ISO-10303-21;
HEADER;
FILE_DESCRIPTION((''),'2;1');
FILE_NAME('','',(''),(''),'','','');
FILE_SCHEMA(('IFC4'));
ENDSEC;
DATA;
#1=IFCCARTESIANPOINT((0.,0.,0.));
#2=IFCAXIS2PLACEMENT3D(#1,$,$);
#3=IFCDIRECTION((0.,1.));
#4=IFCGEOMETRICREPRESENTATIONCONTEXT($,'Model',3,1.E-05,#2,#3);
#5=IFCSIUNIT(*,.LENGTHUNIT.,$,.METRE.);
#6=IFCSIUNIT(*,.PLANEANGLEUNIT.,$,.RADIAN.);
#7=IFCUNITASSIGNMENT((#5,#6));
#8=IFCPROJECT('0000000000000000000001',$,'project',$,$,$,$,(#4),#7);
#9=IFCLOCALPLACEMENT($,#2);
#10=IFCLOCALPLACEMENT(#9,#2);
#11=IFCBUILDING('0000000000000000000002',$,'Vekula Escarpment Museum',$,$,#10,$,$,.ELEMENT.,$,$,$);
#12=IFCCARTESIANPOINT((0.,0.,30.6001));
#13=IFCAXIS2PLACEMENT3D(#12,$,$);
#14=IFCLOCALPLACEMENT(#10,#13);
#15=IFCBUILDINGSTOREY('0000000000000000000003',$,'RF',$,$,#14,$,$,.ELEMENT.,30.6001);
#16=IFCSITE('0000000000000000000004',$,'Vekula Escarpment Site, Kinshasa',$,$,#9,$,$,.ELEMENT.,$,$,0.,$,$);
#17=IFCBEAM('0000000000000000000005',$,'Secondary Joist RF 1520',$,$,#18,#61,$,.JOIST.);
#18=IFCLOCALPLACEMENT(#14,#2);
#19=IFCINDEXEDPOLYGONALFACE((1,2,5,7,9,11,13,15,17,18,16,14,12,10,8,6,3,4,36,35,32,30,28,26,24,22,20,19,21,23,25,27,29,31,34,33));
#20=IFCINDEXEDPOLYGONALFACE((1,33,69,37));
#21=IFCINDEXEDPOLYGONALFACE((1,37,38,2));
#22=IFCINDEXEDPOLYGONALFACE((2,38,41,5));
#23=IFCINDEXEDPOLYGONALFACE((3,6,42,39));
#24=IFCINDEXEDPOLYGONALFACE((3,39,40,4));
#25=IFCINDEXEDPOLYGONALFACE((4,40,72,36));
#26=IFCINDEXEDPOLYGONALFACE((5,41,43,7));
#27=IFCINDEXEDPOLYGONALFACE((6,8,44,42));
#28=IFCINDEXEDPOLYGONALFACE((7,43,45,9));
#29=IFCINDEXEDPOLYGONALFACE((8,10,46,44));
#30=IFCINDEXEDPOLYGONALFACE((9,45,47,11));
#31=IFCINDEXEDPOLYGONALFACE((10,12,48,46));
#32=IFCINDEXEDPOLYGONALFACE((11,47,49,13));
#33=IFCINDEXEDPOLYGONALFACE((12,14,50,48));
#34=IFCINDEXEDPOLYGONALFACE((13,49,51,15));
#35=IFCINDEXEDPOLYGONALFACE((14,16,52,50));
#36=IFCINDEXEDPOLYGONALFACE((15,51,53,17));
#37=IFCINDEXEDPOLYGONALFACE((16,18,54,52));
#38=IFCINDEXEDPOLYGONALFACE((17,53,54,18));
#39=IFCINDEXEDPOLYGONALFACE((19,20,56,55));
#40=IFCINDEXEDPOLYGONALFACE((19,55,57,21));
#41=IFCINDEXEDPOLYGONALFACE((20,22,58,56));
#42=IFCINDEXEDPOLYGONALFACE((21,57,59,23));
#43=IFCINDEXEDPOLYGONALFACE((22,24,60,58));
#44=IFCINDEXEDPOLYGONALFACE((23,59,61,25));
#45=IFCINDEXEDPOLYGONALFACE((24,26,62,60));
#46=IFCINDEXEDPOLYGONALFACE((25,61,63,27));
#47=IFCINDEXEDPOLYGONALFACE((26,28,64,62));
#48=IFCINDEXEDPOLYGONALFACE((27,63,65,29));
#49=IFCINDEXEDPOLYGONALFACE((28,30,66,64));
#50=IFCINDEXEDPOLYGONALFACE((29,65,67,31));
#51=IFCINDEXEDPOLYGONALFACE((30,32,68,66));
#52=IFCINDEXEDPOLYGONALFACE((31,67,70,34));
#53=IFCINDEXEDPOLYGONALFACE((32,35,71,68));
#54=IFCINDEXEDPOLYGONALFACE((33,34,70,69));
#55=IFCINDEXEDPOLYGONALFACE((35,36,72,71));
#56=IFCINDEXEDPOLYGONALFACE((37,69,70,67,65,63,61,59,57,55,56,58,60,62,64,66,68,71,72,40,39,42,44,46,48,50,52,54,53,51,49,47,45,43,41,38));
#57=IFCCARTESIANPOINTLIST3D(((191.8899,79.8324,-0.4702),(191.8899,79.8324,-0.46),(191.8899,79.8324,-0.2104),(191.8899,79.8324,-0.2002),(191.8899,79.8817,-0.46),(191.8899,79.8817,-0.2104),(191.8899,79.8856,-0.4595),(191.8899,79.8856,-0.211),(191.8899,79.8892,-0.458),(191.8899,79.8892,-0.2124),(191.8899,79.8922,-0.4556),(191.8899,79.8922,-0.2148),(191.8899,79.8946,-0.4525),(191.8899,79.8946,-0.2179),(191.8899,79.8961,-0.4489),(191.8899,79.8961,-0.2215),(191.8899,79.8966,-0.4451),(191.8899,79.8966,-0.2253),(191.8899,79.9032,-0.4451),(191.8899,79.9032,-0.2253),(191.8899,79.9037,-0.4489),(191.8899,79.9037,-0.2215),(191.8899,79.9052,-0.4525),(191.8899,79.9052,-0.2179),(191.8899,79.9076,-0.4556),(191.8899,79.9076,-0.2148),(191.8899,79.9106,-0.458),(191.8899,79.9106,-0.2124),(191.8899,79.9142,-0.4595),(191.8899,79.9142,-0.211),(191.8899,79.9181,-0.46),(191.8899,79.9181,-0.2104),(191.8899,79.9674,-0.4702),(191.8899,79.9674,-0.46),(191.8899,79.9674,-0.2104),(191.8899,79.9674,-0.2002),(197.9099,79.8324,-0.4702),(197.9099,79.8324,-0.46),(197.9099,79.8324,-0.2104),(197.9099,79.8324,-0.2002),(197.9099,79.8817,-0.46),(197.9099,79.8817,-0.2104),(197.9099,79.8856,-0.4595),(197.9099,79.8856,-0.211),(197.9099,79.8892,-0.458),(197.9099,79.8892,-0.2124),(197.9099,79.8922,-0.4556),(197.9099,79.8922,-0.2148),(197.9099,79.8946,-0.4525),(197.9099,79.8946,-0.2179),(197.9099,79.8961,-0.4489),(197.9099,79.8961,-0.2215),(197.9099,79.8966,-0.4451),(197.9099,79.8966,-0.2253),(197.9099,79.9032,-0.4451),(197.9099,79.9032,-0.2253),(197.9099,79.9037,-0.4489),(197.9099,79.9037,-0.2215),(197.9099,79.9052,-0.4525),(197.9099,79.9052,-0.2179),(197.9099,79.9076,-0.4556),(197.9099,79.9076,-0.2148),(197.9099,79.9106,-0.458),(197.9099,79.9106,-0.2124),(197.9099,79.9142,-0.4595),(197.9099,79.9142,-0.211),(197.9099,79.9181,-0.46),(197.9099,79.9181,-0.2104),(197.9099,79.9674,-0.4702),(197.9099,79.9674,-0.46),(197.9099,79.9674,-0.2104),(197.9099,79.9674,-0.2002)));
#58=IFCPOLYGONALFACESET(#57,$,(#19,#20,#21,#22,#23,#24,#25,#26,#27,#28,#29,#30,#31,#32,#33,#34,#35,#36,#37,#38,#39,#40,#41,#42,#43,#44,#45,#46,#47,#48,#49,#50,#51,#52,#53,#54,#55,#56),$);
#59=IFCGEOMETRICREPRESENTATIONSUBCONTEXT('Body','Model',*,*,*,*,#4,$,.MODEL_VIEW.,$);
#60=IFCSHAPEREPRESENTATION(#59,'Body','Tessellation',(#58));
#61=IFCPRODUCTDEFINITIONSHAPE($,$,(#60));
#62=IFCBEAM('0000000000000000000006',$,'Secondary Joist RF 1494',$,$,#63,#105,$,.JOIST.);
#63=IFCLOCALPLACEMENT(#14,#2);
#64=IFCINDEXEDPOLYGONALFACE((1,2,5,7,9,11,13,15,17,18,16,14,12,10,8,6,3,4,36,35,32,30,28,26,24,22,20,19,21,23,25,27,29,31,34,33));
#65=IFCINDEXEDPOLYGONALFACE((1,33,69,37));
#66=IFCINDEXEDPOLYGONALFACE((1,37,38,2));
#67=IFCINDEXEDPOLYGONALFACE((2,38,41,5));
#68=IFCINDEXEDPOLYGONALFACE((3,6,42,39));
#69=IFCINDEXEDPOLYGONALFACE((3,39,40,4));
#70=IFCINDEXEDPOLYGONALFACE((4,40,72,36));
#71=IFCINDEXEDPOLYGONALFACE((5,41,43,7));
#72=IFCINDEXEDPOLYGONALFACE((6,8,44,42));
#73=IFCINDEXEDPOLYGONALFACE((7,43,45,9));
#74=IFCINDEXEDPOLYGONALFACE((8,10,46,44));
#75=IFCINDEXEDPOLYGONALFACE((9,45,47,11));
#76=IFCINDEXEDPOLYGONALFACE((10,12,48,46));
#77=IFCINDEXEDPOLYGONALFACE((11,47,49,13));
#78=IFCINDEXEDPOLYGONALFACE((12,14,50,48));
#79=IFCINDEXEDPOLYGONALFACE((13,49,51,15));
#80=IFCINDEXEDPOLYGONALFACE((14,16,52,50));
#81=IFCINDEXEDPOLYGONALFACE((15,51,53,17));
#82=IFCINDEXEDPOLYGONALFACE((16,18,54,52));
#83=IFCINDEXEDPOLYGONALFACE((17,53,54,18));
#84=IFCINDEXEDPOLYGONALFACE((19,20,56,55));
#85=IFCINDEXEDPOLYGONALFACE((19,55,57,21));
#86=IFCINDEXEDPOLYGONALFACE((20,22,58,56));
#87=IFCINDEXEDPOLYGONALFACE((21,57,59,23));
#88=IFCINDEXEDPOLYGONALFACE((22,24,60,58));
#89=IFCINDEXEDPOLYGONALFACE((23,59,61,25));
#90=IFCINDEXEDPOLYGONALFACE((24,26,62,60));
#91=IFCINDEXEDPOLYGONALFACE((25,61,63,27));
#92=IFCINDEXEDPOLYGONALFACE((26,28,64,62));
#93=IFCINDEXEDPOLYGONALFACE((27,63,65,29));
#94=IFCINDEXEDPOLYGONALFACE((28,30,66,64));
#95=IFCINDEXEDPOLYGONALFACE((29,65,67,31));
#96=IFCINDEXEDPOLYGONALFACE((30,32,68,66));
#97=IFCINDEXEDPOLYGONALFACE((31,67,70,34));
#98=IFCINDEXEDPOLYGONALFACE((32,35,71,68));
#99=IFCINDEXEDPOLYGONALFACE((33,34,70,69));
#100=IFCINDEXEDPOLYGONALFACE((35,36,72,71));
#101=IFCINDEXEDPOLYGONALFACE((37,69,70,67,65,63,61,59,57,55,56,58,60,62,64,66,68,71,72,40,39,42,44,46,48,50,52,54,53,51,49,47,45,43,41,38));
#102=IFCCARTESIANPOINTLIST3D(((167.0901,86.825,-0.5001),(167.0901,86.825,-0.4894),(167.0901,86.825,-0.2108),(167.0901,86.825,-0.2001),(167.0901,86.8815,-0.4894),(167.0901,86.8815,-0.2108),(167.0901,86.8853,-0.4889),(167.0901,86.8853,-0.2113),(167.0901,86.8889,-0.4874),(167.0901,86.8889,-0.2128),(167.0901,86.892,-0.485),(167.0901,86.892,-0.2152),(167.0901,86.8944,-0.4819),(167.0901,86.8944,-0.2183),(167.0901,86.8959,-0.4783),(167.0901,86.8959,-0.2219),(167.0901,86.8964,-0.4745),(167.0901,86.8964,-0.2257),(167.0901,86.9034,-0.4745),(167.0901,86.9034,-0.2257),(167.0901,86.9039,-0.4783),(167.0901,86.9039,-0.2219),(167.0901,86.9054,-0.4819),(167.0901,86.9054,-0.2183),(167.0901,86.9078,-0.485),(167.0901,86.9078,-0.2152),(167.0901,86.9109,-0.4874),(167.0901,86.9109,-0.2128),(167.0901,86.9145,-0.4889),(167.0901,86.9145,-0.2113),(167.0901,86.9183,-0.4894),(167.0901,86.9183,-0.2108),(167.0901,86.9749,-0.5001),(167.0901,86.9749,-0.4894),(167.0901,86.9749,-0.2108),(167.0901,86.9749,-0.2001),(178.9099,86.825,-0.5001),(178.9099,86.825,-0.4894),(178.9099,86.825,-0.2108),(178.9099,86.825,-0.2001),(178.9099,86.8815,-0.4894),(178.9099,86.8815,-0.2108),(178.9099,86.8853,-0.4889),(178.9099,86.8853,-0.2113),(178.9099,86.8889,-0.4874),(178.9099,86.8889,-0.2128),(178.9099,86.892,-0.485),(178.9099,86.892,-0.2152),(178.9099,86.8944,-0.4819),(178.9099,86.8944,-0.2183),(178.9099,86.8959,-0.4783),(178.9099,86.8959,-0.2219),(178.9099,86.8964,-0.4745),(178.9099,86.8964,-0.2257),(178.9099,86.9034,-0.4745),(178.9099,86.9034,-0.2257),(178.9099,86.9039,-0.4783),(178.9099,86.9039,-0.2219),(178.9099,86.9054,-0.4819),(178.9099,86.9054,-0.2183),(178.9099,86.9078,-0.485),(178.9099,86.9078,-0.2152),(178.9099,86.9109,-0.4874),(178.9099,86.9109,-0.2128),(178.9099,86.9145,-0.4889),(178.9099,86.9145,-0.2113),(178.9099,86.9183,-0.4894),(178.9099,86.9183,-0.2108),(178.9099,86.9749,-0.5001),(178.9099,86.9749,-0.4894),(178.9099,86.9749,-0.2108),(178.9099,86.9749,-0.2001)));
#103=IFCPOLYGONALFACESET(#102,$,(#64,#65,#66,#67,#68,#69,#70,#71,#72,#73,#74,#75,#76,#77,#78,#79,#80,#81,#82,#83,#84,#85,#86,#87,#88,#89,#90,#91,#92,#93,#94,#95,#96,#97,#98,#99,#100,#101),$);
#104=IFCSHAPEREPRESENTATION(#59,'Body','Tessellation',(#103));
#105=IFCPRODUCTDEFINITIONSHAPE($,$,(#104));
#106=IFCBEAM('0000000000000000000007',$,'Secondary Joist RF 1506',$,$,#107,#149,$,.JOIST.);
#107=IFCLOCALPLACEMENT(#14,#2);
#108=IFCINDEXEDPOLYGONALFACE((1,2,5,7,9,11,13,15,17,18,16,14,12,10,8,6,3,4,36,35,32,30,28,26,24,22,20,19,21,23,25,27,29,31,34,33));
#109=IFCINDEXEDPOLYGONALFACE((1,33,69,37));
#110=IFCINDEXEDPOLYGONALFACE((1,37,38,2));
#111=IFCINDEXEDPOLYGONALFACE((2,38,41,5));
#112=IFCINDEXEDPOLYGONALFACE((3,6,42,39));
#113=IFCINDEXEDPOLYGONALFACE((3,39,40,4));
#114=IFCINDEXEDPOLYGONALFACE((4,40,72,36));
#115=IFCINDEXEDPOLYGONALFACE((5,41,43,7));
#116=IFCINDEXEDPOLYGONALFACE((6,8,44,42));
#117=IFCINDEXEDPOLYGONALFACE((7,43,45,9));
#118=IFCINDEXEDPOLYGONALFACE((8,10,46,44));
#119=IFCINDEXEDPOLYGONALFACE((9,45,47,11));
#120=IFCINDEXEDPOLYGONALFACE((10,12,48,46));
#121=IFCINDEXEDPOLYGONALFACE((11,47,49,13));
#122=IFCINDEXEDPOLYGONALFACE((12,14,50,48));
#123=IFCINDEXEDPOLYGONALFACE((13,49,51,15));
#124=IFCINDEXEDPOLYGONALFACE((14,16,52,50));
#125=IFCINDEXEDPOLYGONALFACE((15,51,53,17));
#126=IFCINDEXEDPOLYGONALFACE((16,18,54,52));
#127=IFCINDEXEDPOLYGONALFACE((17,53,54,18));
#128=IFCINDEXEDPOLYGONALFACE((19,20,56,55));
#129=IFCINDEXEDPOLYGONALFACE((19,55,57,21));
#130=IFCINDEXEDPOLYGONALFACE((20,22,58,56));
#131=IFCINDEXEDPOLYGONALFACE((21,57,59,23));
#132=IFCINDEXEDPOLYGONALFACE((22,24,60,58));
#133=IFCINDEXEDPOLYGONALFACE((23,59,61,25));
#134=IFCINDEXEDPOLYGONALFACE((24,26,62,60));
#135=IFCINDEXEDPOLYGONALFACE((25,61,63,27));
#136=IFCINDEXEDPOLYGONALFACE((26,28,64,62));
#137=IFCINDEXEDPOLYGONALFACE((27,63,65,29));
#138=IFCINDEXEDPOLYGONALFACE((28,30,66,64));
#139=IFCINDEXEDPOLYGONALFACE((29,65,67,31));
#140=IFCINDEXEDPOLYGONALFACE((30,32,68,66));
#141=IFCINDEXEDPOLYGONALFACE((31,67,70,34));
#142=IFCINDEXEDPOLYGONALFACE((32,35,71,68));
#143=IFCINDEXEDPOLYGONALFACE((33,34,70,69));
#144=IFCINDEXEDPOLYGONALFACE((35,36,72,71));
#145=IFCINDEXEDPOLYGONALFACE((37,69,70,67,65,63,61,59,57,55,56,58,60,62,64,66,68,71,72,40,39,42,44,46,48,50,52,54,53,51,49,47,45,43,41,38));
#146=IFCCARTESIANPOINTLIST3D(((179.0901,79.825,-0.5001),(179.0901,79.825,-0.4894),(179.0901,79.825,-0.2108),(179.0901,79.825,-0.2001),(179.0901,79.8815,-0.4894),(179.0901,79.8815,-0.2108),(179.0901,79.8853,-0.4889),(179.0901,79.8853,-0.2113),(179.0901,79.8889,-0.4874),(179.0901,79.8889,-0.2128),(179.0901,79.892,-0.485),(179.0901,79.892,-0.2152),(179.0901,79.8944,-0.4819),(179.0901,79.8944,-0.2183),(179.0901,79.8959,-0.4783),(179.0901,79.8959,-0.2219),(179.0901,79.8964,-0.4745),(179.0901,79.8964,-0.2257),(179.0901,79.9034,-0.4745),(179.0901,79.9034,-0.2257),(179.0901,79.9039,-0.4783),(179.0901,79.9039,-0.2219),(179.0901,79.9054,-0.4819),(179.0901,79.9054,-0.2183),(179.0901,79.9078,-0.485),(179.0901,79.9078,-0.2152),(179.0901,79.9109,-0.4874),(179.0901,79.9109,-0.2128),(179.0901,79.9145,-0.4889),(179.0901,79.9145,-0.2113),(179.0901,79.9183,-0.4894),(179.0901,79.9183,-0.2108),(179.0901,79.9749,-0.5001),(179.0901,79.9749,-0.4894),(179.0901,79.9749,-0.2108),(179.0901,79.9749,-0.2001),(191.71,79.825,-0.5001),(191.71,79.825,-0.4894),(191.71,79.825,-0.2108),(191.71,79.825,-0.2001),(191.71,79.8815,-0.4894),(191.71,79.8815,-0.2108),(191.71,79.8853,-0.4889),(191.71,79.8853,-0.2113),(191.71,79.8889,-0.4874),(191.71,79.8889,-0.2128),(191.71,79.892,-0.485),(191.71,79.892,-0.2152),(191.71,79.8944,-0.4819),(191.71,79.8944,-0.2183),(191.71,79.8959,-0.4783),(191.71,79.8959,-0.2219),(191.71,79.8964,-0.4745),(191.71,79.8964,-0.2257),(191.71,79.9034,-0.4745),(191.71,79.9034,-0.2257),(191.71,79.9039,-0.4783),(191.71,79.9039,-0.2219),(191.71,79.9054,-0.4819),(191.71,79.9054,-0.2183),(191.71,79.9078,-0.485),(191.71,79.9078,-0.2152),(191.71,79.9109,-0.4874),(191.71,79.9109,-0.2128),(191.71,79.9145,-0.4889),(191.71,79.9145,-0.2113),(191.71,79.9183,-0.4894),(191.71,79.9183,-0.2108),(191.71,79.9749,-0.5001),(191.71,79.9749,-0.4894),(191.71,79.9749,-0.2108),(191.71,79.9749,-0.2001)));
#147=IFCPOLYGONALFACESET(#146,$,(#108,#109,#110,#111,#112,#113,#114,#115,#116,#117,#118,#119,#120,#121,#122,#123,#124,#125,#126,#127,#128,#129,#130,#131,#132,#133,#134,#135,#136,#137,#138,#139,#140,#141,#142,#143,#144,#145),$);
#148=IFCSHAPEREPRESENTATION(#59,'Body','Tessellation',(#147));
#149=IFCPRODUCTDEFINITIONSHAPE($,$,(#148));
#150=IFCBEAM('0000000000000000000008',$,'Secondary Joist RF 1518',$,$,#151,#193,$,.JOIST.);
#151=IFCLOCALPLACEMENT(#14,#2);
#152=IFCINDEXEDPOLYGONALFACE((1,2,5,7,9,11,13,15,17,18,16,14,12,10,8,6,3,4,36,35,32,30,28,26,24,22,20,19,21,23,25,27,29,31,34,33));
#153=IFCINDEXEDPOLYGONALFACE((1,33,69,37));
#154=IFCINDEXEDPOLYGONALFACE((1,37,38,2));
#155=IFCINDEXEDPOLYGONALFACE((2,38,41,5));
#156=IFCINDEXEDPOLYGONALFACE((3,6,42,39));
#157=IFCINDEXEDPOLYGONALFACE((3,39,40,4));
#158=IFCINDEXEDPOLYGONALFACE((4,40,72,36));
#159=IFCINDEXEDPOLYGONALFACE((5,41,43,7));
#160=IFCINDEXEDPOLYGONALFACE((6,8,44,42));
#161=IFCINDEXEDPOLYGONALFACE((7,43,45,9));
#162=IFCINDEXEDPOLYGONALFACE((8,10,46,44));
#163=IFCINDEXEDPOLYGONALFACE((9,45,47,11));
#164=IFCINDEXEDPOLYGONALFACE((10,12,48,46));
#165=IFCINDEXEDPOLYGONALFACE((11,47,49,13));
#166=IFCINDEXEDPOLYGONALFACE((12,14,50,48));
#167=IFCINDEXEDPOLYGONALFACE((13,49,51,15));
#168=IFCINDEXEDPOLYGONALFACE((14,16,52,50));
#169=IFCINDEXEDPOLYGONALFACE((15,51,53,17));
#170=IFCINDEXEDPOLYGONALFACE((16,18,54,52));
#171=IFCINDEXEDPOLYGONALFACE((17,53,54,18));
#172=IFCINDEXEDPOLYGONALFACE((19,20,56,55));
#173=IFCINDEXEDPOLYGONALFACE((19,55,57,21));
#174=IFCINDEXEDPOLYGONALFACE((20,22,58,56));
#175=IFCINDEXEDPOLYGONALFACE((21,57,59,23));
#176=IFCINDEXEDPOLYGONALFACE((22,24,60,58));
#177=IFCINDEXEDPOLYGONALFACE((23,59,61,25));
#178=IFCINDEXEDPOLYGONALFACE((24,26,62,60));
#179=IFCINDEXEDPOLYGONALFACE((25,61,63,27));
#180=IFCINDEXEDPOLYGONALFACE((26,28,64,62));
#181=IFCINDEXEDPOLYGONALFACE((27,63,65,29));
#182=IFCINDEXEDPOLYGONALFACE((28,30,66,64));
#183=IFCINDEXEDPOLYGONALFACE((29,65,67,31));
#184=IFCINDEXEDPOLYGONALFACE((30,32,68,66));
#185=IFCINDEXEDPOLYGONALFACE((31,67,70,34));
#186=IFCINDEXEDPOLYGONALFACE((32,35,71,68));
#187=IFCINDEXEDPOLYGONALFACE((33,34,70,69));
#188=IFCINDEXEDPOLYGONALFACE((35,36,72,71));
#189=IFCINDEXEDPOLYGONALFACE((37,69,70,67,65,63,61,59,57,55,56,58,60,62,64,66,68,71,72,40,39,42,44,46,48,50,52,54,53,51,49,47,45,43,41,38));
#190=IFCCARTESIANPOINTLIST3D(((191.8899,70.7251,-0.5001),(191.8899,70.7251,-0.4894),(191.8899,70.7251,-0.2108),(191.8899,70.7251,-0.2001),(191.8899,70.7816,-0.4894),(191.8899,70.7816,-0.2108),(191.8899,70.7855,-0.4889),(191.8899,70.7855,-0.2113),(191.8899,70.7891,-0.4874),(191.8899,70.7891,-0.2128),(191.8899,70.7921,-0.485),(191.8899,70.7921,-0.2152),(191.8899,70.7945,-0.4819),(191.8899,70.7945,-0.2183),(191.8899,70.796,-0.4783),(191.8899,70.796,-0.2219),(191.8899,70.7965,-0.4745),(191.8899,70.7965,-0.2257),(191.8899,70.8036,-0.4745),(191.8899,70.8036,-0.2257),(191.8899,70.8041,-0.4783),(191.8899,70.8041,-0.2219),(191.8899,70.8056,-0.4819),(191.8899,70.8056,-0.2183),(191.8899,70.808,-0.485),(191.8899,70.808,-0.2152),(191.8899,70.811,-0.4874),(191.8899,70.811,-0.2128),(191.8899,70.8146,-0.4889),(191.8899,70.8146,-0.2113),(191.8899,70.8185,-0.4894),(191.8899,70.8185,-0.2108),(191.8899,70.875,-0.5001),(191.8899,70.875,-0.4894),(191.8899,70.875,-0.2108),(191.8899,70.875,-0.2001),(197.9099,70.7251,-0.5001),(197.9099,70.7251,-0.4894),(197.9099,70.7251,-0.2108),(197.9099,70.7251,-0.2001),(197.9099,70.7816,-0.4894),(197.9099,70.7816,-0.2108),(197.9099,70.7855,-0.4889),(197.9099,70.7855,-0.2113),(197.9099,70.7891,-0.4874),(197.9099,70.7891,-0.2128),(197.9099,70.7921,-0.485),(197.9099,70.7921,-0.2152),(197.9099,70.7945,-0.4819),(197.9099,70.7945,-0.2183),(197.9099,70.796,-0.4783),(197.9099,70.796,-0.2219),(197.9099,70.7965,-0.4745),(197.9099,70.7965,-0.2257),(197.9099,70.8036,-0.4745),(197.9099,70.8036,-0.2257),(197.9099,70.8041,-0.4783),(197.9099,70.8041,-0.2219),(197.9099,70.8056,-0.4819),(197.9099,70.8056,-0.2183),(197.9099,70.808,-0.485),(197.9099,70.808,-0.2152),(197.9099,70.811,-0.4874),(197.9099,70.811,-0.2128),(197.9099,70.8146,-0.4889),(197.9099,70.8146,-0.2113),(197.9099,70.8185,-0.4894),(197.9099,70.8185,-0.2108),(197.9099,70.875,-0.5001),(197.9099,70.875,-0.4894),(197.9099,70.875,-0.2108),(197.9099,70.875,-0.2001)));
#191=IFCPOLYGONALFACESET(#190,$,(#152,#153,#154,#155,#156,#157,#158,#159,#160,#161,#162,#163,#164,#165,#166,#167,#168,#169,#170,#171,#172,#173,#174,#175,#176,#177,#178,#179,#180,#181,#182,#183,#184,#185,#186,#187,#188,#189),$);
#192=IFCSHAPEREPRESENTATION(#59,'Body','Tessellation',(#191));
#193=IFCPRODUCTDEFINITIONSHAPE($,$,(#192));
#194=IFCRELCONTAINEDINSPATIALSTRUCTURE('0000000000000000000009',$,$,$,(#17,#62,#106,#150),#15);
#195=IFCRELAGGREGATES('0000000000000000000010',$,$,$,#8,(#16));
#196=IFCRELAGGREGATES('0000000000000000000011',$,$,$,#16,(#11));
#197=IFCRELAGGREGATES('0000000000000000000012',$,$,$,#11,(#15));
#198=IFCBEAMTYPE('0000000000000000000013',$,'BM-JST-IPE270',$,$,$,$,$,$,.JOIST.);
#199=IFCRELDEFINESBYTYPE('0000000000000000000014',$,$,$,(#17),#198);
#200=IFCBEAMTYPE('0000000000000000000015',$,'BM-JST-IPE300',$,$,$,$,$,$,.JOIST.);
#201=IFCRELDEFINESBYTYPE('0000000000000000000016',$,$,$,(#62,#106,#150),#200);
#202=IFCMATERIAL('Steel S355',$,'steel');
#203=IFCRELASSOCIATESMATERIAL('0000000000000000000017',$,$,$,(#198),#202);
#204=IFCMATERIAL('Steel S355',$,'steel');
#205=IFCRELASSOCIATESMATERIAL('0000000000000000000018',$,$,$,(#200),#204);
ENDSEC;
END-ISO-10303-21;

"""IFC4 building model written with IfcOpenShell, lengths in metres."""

from ifc_helpers import new_model, si_unit, direction, frame, origin, origin_2d, place, context, subcontext, project, spatial, i_section, extrude, material, material_profile, profile_set, type_object, element, save


model = new_model("IFC4")

# Units and contexts
model_context = context("Model", 3, precision=1e-05, world=origin(), true_north=direction((0.0, 1.0)))
body_context = subcontext(model_context, "Body", "Model", "MODEL_VIEW")
ifc_project = project(units=[si_unit("LENGTHUNIT", "METRE"), si_unit("PLANEANGLEUNIT", "RADIAN")], contexts=[model_context])

# Site, building, storey
site_placement = place(None, origin())
site = spatial("IfcSite", under=ifc_project, at=site_placement, Name="Vekula Escarpment Site, Kinshasa", CompositionType="ELEMENT", RefElevation=0.0)
building_placement = place(site_placement, origin())
building = spatial("IfcBuilding", under=site, at=building_placement, Name="Vekula Escarpment Museum", CompositionType="ELEMENT")
storey_placement = place(building_placement, frame((0.0, 0.0, 30.6001)))
storey = spatial("IfcBuildingStorey", under=building, at=storey_placement, Name="RF", CompositionType="ELEMENT", Elevation=30.6001)

# Beams
ifc_material_1 = material(Name="Steel S355", Category="steel")
ifc_material_profile_1 = material_profile(ifc_material_1, i_section(OverallWidth=0.135, OverallDepth=0.27, WebThickness=0.0066, FlangeThickness=0.0103, FilletRadius=0.0149, at=origin_2d()), Name="IPE 270")
ifc_profile_set_1 = profile_set([ifc_material_profile_1], Name="Steel S355")
beam_type_1 = type_object("IfcBeamType", Name="BM-JST-IPE270", PredefinedType="JOIST", material=ifc_profile_set_1)
beam_1_placement = place(storey_placement, frame((191.8899, 79.8999, -0.3352), z_axis=(1.0, 0.0, 0.0), x_axis=(0.0, 1.0, 0.0)))
element("IfcBeam", 1, at=beam_1_placement, inside=storey, type_object=beam_type_1, Name="Secondary Joist RF 1520", PredefinedType="JOIST", context=body_context, shape_type="SweptSolid", body=[
    extrude(i_section(OverallWidth=0.135, OverallDepth=0.27, WebThickness=0.0066, FlangeThickness=0.0103, FilletRadius=0.0149, at=origin_2d()), origin(), (0.0, 0.0, 1.0), 6.02),
])
ifc_material_2 = material(Name="Steel S355", Category="steel")
ifc_material_profile_2 = material_profile(ifc_material_2, i_section(OverallWidth=0.1499, OverallDepth=0.3, WebThickness=0.0071, FlangeThickness=0.0107, FilletRadius=0.0149, at=origin_2d()), Name="IPE 300")
ifc_profile_set_2 = profile_set([ifc_material_profile_2], Name="Steel S355")
beam_type_2 = type_object("IfcBeamType", Name="BM-JST-IPE300", PredefinedType="JOIST", material=ifc_profile_set_2)
beam_2_placement = place(storey_placement, frame((167.0901, 86.8999, -0.3501), z_axis=(1.0, 0.0, 0.0), x_axis=(0.0, 1.0, 0.0)))
element("IfcBeam", 2, at=beam_2_placement, inside=storey, type_object=beam_type_2, Name="Secondary Joist RF 1494", PredefinedType="JOIST", context=body_context, shape_type="SweptSolid", body=[
    extrude(i_section(OverallWidth=0.1499, OverallDepth=0.3, WebThickness=0.0071, FlangeThickness=0.0107, FilletRadius=0.0149, at=origin_2d()), origin(), (0.0, 0.0, 1.0), 11.8198),
])
beam_3_placement = place(storey_placement, frame((179.0901, 79.8999, -0.3501), z_axis=(1.0, 0.0, 0.0), x_axis=(0.0, 1.0, 0.0)))
element("IfcBeam", 3, at=beam_3_placement, inside=storey, type_object=beam_type_2, Name="Secondary Joist RF 1506", PredefinedType="JOIST", context=body_context, shape_type="SweptSolid", body=[
    extrude(i_section(OverallWidth=0.1499, OverallDepth=0.3, WebThickness=0.0071, FlangeThickness=0.0107, FilletRadius=0.0149, at=origin_2d()), origin(), (0.0, 0.0, 1.0), 12.6199),
])
for number, where, z_axis, x_axis, name in (
    (4, (191.8899, 70.8, -0.3501), (1.0, 0.0, 0.0), (0.0, 1.0, 0.0), "Secondary Joist RF 1518"),
):
    element("IfcBeam", number, at=place(storey_placement, frame(where, z_axis=z_axis, x_axis=x_axis)), inside=storey, type_object=beam_type_2, Name=name, PredefinedType="JOIST", context=body_context, shape_type="SweptSolid", body=[
        extrude(i_section(OverallWidth=0.1499, OverallDepth=0.3, WebThickness=0.0071, FlangeThickness=0.0107, FilletRadius=0.0149, at=origin_2d()), origin(), (0.0, 0.0, 1.0), 6.02),
    ])

save(model, "model.ifc")
